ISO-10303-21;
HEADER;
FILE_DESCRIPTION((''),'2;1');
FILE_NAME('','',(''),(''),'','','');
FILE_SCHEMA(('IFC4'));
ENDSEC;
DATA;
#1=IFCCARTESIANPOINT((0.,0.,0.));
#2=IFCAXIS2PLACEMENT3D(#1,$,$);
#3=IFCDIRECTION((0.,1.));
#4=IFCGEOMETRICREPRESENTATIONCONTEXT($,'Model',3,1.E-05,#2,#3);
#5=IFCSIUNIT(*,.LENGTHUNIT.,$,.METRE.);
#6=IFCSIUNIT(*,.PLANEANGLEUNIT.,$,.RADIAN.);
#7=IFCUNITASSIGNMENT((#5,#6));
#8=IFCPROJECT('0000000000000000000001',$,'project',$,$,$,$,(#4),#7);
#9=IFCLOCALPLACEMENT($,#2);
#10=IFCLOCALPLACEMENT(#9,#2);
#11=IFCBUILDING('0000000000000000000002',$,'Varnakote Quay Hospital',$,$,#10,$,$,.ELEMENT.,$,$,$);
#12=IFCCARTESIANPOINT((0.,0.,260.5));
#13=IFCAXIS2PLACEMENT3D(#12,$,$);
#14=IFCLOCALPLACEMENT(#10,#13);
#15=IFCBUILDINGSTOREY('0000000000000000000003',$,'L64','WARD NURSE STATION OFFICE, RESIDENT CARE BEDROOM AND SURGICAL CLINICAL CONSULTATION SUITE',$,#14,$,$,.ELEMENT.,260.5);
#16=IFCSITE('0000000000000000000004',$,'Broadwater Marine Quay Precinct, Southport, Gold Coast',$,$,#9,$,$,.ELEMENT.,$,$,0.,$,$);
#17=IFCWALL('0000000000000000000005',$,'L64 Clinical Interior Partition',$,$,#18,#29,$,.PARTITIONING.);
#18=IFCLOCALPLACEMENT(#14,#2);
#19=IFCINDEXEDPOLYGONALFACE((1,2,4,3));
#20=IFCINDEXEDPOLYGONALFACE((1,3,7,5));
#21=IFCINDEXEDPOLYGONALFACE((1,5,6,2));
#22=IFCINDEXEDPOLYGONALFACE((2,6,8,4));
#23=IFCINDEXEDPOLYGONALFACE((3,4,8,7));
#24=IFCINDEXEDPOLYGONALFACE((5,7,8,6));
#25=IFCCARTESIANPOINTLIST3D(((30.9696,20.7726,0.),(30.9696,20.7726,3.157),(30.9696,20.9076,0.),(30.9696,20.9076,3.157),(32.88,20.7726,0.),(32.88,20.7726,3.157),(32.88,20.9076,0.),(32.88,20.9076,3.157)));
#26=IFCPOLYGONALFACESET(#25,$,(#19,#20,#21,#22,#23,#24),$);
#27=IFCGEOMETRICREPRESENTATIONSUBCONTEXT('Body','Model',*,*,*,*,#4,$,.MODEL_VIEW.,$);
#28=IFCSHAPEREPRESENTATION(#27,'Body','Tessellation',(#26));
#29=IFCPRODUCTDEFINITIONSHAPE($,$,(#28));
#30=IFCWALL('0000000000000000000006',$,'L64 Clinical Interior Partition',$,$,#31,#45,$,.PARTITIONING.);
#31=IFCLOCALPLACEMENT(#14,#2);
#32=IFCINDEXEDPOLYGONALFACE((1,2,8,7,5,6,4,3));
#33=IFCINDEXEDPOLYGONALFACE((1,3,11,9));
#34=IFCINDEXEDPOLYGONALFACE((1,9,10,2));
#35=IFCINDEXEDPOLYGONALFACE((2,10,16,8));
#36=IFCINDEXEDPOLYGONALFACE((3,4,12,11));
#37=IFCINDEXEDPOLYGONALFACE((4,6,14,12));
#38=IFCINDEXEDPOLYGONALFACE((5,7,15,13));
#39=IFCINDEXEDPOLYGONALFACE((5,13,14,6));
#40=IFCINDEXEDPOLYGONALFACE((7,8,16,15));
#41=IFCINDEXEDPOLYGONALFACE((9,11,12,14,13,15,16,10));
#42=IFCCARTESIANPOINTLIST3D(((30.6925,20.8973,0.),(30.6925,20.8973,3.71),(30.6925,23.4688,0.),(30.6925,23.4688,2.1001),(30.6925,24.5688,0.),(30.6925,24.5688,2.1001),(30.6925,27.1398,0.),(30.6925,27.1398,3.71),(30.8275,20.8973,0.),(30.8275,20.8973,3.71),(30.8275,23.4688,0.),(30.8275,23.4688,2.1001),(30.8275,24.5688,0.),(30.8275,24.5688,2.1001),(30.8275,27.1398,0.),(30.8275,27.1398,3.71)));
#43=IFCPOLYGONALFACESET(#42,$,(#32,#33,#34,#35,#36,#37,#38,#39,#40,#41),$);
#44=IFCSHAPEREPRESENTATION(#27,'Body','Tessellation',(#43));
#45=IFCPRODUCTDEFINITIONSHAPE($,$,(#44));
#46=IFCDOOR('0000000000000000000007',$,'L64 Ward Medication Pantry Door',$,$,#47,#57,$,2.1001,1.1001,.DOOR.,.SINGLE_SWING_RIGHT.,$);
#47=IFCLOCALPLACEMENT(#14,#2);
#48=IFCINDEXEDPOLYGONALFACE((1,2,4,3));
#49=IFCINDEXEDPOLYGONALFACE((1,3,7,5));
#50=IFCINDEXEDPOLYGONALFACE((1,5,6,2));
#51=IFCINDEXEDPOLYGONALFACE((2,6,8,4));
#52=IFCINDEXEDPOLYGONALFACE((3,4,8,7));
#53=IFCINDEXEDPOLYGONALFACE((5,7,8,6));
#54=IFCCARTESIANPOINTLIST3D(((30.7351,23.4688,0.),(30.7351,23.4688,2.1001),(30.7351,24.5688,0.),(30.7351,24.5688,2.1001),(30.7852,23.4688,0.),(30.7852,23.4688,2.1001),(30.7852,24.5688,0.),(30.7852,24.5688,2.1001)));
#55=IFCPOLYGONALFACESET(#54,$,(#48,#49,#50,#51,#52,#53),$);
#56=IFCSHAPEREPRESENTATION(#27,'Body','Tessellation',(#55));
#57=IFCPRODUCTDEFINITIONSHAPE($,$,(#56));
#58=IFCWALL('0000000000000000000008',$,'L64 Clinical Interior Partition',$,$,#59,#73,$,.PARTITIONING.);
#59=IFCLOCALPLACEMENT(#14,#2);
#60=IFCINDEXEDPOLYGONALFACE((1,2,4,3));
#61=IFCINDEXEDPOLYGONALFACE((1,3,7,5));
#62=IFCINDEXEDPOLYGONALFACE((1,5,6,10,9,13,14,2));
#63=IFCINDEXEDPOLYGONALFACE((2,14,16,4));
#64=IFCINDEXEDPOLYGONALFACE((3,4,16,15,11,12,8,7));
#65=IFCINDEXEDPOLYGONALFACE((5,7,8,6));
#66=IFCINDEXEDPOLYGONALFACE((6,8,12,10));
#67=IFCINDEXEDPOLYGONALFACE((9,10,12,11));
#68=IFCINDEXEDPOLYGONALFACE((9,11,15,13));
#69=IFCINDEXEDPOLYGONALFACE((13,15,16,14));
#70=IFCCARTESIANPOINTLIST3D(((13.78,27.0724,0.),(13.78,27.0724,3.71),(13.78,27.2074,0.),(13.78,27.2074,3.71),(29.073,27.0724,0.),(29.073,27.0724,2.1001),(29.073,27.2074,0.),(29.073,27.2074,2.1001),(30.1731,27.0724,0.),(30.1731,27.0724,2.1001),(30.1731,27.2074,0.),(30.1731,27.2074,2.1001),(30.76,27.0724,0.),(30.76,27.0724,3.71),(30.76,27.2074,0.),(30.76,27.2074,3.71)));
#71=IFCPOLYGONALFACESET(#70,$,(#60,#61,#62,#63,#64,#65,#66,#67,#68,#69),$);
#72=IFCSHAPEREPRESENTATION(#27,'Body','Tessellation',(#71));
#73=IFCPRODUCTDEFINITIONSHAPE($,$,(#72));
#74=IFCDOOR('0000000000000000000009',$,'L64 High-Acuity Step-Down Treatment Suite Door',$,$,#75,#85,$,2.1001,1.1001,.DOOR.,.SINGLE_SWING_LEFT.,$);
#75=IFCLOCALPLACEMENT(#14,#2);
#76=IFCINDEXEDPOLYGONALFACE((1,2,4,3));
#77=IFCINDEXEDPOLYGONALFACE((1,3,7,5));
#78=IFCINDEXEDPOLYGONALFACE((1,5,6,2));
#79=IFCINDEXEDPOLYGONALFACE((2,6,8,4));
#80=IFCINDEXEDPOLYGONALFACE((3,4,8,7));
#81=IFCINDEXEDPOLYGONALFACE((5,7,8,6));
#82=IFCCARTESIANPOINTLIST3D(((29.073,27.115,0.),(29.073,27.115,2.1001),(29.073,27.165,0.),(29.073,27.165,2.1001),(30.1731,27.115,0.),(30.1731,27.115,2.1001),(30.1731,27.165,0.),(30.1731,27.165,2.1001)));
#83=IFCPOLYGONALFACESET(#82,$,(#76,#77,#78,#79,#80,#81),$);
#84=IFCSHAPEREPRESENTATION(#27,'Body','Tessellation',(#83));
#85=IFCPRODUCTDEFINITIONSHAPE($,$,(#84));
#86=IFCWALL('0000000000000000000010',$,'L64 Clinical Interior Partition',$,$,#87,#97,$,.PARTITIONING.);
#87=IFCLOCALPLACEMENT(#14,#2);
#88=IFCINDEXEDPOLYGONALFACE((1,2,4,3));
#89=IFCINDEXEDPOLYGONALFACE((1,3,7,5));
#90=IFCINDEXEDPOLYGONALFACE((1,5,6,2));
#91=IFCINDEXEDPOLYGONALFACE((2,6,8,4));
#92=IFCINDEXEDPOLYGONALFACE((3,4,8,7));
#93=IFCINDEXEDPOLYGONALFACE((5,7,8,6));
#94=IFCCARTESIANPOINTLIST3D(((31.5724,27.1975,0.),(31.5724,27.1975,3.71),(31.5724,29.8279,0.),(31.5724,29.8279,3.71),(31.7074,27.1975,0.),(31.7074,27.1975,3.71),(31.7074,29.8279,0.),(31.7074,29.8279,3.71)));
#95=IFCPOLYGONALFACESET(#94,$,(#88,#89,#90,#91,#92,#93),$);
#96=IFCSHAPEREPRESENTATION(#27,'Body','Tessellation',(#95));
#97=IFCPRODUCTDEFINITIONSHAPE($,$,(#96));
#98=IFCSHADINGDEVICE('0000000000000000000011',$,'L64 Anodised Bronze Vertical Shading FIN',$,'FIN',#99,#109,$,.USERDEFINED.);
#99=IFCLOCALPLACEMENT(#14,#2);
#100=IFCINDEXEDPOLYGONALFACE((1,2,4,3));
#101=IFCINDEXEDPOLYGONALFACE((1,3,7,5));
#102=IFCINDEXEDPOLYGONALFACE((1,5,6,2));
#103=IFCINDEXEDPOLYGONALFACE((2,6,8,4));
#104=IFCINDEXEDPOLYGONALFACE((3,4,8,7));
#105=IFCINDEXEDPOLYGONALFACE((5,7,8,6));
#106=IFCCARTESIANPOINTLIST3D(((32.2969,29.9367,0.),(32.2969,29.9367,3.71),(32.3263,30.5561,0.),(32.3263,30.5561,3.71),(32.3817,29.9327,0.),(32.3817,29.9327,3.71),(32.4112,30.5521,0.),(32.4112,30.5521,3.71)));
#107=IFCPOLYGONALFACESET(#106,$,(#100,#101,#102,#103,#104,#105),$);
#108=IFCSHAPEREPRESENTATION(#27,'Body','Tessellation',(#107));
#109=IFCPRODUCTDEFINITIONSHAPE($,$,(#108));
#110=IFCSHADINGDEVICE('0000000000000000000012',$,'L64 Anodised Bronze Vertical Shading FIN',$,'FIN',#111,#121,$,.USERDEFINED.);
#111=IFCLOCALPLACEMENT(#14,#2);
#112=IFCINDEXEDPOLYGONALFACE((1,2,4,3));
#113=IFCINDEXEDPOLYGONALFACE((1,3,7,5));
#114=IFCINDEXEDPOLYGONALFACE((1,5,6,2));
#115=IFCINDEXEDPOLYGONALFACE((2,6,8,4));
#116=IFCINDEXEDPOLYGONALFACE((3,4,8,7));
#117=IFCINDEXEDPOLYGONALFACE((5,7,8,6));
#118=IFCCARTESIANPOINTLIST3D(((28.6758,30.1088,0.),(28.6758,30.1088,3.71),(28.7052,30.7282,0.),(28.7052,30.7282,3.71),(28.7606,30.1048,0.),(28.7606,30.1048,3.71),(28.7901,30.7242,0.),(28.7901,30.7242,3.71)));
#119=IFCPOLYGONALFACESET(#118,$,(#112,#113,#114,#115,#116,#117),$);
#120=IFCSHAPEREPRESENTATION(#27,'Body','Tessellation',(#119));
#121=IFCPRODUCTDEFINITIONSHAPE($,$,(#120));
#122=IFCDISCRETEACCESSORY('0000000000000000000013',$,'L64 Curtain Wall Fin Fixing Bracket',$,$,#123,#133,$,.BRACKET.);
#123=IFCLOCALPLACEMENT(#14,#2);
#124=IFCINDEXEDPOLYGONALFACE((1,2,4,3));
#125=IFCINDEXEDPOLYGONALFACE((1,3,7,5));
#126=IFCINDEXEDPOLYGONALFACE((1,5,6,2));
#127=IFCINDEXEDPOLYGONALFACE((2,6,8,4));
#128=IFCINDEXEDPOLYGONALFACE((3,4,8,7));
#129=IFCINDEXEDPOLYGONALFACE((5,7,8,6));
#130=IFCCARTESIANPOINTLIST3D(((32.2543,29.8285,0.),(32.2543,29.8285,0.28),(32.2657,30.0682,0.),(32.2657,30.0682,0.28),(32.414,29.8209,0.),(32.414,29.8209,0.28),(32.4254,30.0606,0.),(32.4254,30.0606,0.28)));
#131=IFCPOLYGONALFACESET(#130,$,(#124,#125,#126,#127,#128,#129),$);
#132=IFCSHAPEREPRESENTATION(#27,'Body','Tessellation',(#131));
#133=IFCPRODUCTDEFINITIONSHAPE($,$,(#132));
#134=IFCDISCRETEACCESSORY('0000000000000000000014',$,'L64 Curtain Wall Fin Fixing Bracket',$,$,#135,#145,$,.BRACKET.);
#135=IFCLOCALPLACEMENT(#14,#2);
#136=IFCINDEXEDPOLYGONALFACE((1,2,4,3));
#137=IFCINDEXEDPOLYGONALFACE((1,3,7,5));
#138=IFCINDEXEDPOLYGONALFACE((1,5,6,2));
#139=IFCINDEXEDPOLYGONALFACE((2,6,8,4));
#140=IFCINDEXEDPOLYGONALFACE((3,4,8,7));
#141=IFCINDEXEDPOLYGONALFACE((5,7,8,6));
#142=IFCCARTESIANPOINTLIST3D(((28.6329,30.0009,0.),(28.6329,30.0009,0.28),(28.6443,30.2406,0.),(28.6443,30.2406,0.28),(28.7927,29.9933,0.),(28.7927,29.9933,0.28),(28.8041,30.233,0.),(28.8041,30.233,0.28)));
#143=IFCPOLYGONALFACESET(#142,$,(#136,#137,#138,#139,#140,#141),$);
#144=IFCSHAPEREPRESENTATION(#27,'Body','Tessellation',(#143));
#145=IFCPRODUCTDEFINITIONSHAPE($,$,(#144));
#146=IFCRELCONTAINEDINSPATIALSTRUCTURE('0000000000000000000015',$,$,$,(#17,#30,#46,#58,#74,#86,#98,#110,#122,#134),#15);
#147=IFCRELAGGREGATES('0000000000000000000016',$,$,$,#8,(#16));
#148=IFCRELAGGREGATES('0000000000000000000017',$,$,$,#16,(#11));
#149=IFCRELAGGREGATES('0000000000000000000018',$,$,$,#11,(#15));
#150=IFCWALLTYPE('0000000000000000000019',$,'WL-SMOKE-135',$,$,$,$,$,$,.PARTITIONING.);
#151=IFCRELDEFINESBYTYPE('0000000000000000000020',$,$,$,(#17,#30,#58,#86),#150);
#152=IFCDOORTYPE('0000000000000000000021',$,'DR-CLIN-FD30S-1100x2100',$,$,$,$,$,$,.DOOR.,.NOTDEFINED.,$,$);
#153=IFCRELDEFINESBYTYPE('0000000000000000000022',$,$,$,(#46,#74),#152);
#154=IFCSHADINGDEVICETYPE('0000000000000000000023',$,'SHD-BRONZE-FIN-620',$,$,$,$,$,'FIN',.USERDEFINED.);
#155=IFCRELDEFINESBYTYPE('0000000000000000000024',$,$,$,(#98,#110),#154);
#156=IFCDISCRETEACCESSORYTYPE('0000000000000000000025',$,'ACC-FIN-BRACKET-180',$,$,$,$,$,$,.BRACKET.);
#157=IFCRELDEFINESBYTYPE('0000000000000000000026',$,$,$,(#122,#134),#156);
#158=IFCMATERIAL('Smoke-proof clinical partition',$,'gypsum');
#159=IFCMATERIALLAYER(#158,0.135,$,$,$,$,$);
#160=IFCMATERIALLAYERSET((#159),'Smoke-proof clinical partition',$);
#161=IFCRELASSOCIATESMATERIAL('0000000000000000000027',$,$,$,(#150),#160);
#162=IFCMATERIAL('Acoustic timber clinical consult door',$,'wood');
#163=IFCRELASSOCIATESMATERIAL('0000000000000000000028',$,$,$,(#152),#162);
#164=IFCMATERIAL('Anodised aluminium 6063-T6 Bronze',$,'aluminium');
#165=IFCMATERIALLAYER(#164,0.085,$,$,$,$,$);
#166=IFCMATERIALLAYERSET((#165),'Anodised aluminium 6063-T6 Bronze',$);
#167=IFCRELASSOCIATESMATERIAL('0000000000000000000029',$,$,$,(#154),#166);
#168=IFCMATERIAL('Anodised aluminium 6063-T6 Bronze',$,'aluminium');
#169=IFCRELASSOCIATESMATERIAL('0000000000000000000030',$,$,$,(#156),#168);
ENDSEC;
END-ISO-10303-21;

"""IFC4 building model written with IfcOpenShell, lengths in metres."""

from ifc_helpers import new_model, si_unit, direction, frame, frame_2d, origin, origin_2d, place, context, subcontext, project, spatial, rectangle, extrude, material, layer, layer_set, type_object, element, fill, save


model = new_model("IFC4")

# Units and contexts
model_context = context("Model", 3, precision=1e-05, world=origin(), true_north=direction((0.0, 1.0)))
body_context = subcontext(model_context, "Body", "Model", "MODEL_VIEW")
ifc_project = project(units=[si_unit("LENGTHUNIT", "METRE"), si_unit("PLANEANGLEUNIT", "RADIAN")], contexts=[model_context])

# Site, building, storey
site_placement = place(None, origin())
site = spatial("IfcSite", under=ifc_project, at=site_placement, Name="Broadwater Marine Quay Precinct, Southport, Gold Coast", CompositionType="ELEMENT", RefElevation=0.0)
building_placement = place(site_placement, origin())
building = spatial("IfcBuilding", under=site, at=building_placement, Name="Varnakote Quay Hospital", CompositionType="ELEMENT")
storey_placement = place(building_placement, frame((0.0, 0.0, 260.5)))
storey = spatial("IfcBuildingStorey", under=building, at=storey_placement, Name="L64", Description="WARD NURSE STATION OFFICE, RESIDENT CARE BEDROOM AND SURGICAL CLINICAL CONSULTATION SUITE", CompositionType="ELEMENT", Elevation=260.5)

# Wall
ifc_material_1 = material(Name="Smoke-proof clinical partition", Category="gypsum")
ifc_layer_1 = layer(ifc_material_1, 0.135)
ifc_layer_set_1 = layer_set([ifc_layer_1], Name="Smoke-proof clinical partition")
wall_type_1 = type_object("IfcWallType", Name="WL-SMOKE-135", PredefinedType="PARTITIONING", material=ifc_layer_set_1)
wall_1_placement = place(storey_placement, frame((32.8799, 20.8401, 0.0), z_axis=(0.0, 0.0, 1.0), x_axis=(-1.0, 0.0, 0.0)))
element("IfcWall", 1, at=wall_1_placement, inside=storey, type_object=wall_type_1, Name="L64 Clinical Interior Partition", PredefinedType="PARTITIONING", context=body_context, shape_type="SweptSolid", body=[
    extrude(rectangle(XDim=1.9104, YDim=0.135, at=frame_2d((0.9551, 0.0))), origin(), (0.0, 0.0, 1.0), 3.157),
])

# Walls, openings, doors
wall_2_placement = place(storey_placement, frame((30.76, 20.8975, 0.0), z_axis=(0.0, 0.0, 1.0), x_axis=(0.0, 1.0, 0.0)))
wall_2 = element("IfcWall", 2, at=wall_2_placement, inside=storey, type_object=wall_type_1, Name="L64 Clinical Interior Partition", PredefinedType="PARTITIONING", context=body_context, shape_type="SweptSolid", body=[
    extrude(rectangle(XDim=6.2424, YDim=0.135, at=frame_2d((3.1211, 0.0))), origin(), (0.0, 0.0, 1.0), 3.71),
])
opening_1_placement = place(wall_2_placement, frame((2.5713, 0.0, 0.0)))
opening_1 = element("IfcOpeningElement", 3, at=opening_1_placement, cuts=wall_2, PredefinedType="OPENING", context=body_context, shape_type="SweptSolid", body=[
    extrude(rectangle(XDim=1.1001, YDim=2.1001, at=frame_2d((0.55, 1.05))), frame((0.0, 0.0774, 0.0), z_axis=(0.0, -1.0, 0.0), x_axis=(1.0, 0.0, 0.0)), (0.0, 0.0, 1.0), 0.155),
])
ifc_material_2 = material(Name="Acoustic timber clinical consult door", Category="wood")
door_type = type_object("IfcDoorType", Name="DR-CLIN-FD30S-1100x2100", OperationType="NOTDEFINED", PredefinedType="DOOR", material=ifc_material_2)
door_1_placement = place(opening_1_placement, origin())
door_1 = element("IfcDoor", 4, at=door_1_placement, inside=storey, type_object=door_type, Name="L64 Ward Medication Pantry Door", OperationType="SINGLE_SWING_RIGHT", OverallHeight=2.1001, OverallWidth=1.1001, PredefinedType="DOOR", context=body_context, shape_type="SweptSolid", body=[
    extrude(rectangle(XDim=1.1001, YDim=2.1001, at=frame_2d((0.55, 1.05))), frame((0.0, 0.0249, 0.0), z_axis=(0.0, -1.0, 0.0), x_axis=(1.0, 0.0, 0.0)), (0.0, 0.0, 1.0), 0.05),
])
fill(opening_1, door_1)
wall_3_placement = place(storey_placement, frame((30.76, 27.1399, 0.0), z_axis=(0.0, 0.0, 1.0), x_axis=(-1.0, 0.0, 0.0)))
wall_3 = element("IfcWall", 5, at=wall_3_placement, inside=storey, type_object=wall_type_1, Name="L64 Clinical Interior Partition", PredefinedType="PARTITIONING", context=body_context, shape_type="SweptSolid", body=[
    extrude(rectangle(XDim=16.98, YDim=0.135, at=frame_2d((8.49, 0.0))), origin(), (0.0, 0.0, 1.0), 3.71),
])
opening_2_placement = place(wall_3_placement, frame((0.5869, 0.0, 0.0)))
opening_2 = element("IfcOpeningElement", 6, at=opening_2_placement, cuts=wall_3, PredefinedType="OPENING", context=body_context, shape_type="SweptSolid", body=[
    extrude(rectangle(XDim=1.1001, YDim=2.1001, at=frame_2d((0.55, 1.05))), frame((0.0, 0.0774, 0.0), z_axis=(0.0, -1.0, 0.0), x_axis=(1.0, 0.0, 0.0)), (0.0, 0.0, 1.0), 0.155),
])
door_2_placement = place(opening_2_placement, origin())
door_2 = element("IfcDoor", 7, at=door_2_placement, inside=storey, type_object=door_type, Name="L64 High-Acuity Step-Down Treatment Suite Door", OperationType="SINGLE_SWING_LEFT", OverallHeight=2.1001, OverallWidth=1.1001, PredefinedType="DOOR", context=body_context, shape_type="SweptSolid", body=[
    extrude(rectangle(XDim=1.1001, YDim=2.1001, at=frame_2d((0.55, 1.05))), frame((0.0, 0.0249, 0.0), z_axis=(0.0, -1.0, 0.0), x_axis=(1.0, 0.0, 0.0)), (0.0, 0.0, 1.0), 0.05),
])
fill(opening_2, door_2)

# Wall
wall_4_placement = place(storey_placement, frame((31.6399, 27.1975, 0.0), z_axis=(0.0, 0.0, 1.0), x_axis=(0.0, 1.0, 0.0)))
element("IfcWall", 8, at=wall_4_placement, inside=storey, type_object=wall_type_1, Name="L64 Clinical Interior Partition", PredefinedType="PARTITIONING", context=body_context, shape_type="SweptSolid", body=[
    extrude(rectangle(XDim=2.6304, YDim=0.135, at=frame_2d((1.3152, 0.0))), origin(), (0.0, 0.0, 1.0), 3.71),
])

# Shading devices
ifc_material_3 = material(Name="Anodised aluminium 6063-T6 Bronze", Category="aluminium")
ifc_layer_2 = layer(ifc_material_3, 0.085)
ifc_layer_set_2 = layer_set([ifc_layer_2], Name="Anodised aluminium 6063-T6 Bronze")
shading_device_type = type_object("IfcShadingDeviceType", Name="SHD-BRONZE-FIN-620", ElementType="FIN", PredefinedType="USERDEFINED", material=ifc_layer_set_2)
for number, where, z_axis, x_axis, name in (
    (9, (32.354, 30.2444, 0.0), (0.0, 0.0, 1.0), (-0.047455, -0.998873, 0.0), "L64 Anodised Bronze Vertical Shading FIN"),
    (10, (28.7329, 30.4165, 0.0), (0.0, 0.0, 1.0), (-0.047455, -0.998873, 0.0), "L64 Anodised Bronze Vertical Shading FIN"),
):
    element("IfcShadingDevice", number, at=place(storey_placement, frame(where, z_axis=z_axis, x_axis=x_axis)), inside=storey, type_object=shading_device_type, Name=name, ObjectType="FIN", PredefinedType="USERDEFINED", context=body_context, shape_type="SweptSolid", body=[
        extrude(rectangle(XDim=0.6201, YDim=0.085, at=origin_2d()), origin(), (0.0, 0.0, 1.0), 3.71),
    ])

# Discrete accessories
ifc_material_4 = material(Name="Anodised aluminium 6063-T6 Bronze", Category="aluminium")
discrete_accessory_type = type_object("IfcDiscreteAccessoryType", Name="ACC-FIN-BRACKET-180", PredefinedType="BRACKET", material=ifc_material_4)
for number, where, z_axis, x_axis, name in (
    (11, (32.3398, 29.9446, 0.0), (0.0, 0.0, 1.0), (-0.998873, 0.047455, 0.0), "L64 Curtain Wall Fin Fixing Bracket"),
    (12, (28.7185, 30.1169, 0.0), (0.0, 0.0, 1.0), (-0.998873, 0.047455, 0.0), "L64 Curtain Wall Fin Fixing Bracket"),
):
    element("IfcDiscreteAccessory", number, at=place(storey_placement, frame(where, z_axis=z_axis, x_axis=x_axis)), inside=storey, type_object=discrete_accessory_type, Name=name, PredefinedType="BRACKET", context=body_context, shape_type="SweptSolid", body=[
        extrude(rectangle(XDim=0.1599, YDim=0.24, at=origin_2d()), origin(), (0.0, 0.0, 1.0), 0.28),
    ])

save(model, "model.ifc")
